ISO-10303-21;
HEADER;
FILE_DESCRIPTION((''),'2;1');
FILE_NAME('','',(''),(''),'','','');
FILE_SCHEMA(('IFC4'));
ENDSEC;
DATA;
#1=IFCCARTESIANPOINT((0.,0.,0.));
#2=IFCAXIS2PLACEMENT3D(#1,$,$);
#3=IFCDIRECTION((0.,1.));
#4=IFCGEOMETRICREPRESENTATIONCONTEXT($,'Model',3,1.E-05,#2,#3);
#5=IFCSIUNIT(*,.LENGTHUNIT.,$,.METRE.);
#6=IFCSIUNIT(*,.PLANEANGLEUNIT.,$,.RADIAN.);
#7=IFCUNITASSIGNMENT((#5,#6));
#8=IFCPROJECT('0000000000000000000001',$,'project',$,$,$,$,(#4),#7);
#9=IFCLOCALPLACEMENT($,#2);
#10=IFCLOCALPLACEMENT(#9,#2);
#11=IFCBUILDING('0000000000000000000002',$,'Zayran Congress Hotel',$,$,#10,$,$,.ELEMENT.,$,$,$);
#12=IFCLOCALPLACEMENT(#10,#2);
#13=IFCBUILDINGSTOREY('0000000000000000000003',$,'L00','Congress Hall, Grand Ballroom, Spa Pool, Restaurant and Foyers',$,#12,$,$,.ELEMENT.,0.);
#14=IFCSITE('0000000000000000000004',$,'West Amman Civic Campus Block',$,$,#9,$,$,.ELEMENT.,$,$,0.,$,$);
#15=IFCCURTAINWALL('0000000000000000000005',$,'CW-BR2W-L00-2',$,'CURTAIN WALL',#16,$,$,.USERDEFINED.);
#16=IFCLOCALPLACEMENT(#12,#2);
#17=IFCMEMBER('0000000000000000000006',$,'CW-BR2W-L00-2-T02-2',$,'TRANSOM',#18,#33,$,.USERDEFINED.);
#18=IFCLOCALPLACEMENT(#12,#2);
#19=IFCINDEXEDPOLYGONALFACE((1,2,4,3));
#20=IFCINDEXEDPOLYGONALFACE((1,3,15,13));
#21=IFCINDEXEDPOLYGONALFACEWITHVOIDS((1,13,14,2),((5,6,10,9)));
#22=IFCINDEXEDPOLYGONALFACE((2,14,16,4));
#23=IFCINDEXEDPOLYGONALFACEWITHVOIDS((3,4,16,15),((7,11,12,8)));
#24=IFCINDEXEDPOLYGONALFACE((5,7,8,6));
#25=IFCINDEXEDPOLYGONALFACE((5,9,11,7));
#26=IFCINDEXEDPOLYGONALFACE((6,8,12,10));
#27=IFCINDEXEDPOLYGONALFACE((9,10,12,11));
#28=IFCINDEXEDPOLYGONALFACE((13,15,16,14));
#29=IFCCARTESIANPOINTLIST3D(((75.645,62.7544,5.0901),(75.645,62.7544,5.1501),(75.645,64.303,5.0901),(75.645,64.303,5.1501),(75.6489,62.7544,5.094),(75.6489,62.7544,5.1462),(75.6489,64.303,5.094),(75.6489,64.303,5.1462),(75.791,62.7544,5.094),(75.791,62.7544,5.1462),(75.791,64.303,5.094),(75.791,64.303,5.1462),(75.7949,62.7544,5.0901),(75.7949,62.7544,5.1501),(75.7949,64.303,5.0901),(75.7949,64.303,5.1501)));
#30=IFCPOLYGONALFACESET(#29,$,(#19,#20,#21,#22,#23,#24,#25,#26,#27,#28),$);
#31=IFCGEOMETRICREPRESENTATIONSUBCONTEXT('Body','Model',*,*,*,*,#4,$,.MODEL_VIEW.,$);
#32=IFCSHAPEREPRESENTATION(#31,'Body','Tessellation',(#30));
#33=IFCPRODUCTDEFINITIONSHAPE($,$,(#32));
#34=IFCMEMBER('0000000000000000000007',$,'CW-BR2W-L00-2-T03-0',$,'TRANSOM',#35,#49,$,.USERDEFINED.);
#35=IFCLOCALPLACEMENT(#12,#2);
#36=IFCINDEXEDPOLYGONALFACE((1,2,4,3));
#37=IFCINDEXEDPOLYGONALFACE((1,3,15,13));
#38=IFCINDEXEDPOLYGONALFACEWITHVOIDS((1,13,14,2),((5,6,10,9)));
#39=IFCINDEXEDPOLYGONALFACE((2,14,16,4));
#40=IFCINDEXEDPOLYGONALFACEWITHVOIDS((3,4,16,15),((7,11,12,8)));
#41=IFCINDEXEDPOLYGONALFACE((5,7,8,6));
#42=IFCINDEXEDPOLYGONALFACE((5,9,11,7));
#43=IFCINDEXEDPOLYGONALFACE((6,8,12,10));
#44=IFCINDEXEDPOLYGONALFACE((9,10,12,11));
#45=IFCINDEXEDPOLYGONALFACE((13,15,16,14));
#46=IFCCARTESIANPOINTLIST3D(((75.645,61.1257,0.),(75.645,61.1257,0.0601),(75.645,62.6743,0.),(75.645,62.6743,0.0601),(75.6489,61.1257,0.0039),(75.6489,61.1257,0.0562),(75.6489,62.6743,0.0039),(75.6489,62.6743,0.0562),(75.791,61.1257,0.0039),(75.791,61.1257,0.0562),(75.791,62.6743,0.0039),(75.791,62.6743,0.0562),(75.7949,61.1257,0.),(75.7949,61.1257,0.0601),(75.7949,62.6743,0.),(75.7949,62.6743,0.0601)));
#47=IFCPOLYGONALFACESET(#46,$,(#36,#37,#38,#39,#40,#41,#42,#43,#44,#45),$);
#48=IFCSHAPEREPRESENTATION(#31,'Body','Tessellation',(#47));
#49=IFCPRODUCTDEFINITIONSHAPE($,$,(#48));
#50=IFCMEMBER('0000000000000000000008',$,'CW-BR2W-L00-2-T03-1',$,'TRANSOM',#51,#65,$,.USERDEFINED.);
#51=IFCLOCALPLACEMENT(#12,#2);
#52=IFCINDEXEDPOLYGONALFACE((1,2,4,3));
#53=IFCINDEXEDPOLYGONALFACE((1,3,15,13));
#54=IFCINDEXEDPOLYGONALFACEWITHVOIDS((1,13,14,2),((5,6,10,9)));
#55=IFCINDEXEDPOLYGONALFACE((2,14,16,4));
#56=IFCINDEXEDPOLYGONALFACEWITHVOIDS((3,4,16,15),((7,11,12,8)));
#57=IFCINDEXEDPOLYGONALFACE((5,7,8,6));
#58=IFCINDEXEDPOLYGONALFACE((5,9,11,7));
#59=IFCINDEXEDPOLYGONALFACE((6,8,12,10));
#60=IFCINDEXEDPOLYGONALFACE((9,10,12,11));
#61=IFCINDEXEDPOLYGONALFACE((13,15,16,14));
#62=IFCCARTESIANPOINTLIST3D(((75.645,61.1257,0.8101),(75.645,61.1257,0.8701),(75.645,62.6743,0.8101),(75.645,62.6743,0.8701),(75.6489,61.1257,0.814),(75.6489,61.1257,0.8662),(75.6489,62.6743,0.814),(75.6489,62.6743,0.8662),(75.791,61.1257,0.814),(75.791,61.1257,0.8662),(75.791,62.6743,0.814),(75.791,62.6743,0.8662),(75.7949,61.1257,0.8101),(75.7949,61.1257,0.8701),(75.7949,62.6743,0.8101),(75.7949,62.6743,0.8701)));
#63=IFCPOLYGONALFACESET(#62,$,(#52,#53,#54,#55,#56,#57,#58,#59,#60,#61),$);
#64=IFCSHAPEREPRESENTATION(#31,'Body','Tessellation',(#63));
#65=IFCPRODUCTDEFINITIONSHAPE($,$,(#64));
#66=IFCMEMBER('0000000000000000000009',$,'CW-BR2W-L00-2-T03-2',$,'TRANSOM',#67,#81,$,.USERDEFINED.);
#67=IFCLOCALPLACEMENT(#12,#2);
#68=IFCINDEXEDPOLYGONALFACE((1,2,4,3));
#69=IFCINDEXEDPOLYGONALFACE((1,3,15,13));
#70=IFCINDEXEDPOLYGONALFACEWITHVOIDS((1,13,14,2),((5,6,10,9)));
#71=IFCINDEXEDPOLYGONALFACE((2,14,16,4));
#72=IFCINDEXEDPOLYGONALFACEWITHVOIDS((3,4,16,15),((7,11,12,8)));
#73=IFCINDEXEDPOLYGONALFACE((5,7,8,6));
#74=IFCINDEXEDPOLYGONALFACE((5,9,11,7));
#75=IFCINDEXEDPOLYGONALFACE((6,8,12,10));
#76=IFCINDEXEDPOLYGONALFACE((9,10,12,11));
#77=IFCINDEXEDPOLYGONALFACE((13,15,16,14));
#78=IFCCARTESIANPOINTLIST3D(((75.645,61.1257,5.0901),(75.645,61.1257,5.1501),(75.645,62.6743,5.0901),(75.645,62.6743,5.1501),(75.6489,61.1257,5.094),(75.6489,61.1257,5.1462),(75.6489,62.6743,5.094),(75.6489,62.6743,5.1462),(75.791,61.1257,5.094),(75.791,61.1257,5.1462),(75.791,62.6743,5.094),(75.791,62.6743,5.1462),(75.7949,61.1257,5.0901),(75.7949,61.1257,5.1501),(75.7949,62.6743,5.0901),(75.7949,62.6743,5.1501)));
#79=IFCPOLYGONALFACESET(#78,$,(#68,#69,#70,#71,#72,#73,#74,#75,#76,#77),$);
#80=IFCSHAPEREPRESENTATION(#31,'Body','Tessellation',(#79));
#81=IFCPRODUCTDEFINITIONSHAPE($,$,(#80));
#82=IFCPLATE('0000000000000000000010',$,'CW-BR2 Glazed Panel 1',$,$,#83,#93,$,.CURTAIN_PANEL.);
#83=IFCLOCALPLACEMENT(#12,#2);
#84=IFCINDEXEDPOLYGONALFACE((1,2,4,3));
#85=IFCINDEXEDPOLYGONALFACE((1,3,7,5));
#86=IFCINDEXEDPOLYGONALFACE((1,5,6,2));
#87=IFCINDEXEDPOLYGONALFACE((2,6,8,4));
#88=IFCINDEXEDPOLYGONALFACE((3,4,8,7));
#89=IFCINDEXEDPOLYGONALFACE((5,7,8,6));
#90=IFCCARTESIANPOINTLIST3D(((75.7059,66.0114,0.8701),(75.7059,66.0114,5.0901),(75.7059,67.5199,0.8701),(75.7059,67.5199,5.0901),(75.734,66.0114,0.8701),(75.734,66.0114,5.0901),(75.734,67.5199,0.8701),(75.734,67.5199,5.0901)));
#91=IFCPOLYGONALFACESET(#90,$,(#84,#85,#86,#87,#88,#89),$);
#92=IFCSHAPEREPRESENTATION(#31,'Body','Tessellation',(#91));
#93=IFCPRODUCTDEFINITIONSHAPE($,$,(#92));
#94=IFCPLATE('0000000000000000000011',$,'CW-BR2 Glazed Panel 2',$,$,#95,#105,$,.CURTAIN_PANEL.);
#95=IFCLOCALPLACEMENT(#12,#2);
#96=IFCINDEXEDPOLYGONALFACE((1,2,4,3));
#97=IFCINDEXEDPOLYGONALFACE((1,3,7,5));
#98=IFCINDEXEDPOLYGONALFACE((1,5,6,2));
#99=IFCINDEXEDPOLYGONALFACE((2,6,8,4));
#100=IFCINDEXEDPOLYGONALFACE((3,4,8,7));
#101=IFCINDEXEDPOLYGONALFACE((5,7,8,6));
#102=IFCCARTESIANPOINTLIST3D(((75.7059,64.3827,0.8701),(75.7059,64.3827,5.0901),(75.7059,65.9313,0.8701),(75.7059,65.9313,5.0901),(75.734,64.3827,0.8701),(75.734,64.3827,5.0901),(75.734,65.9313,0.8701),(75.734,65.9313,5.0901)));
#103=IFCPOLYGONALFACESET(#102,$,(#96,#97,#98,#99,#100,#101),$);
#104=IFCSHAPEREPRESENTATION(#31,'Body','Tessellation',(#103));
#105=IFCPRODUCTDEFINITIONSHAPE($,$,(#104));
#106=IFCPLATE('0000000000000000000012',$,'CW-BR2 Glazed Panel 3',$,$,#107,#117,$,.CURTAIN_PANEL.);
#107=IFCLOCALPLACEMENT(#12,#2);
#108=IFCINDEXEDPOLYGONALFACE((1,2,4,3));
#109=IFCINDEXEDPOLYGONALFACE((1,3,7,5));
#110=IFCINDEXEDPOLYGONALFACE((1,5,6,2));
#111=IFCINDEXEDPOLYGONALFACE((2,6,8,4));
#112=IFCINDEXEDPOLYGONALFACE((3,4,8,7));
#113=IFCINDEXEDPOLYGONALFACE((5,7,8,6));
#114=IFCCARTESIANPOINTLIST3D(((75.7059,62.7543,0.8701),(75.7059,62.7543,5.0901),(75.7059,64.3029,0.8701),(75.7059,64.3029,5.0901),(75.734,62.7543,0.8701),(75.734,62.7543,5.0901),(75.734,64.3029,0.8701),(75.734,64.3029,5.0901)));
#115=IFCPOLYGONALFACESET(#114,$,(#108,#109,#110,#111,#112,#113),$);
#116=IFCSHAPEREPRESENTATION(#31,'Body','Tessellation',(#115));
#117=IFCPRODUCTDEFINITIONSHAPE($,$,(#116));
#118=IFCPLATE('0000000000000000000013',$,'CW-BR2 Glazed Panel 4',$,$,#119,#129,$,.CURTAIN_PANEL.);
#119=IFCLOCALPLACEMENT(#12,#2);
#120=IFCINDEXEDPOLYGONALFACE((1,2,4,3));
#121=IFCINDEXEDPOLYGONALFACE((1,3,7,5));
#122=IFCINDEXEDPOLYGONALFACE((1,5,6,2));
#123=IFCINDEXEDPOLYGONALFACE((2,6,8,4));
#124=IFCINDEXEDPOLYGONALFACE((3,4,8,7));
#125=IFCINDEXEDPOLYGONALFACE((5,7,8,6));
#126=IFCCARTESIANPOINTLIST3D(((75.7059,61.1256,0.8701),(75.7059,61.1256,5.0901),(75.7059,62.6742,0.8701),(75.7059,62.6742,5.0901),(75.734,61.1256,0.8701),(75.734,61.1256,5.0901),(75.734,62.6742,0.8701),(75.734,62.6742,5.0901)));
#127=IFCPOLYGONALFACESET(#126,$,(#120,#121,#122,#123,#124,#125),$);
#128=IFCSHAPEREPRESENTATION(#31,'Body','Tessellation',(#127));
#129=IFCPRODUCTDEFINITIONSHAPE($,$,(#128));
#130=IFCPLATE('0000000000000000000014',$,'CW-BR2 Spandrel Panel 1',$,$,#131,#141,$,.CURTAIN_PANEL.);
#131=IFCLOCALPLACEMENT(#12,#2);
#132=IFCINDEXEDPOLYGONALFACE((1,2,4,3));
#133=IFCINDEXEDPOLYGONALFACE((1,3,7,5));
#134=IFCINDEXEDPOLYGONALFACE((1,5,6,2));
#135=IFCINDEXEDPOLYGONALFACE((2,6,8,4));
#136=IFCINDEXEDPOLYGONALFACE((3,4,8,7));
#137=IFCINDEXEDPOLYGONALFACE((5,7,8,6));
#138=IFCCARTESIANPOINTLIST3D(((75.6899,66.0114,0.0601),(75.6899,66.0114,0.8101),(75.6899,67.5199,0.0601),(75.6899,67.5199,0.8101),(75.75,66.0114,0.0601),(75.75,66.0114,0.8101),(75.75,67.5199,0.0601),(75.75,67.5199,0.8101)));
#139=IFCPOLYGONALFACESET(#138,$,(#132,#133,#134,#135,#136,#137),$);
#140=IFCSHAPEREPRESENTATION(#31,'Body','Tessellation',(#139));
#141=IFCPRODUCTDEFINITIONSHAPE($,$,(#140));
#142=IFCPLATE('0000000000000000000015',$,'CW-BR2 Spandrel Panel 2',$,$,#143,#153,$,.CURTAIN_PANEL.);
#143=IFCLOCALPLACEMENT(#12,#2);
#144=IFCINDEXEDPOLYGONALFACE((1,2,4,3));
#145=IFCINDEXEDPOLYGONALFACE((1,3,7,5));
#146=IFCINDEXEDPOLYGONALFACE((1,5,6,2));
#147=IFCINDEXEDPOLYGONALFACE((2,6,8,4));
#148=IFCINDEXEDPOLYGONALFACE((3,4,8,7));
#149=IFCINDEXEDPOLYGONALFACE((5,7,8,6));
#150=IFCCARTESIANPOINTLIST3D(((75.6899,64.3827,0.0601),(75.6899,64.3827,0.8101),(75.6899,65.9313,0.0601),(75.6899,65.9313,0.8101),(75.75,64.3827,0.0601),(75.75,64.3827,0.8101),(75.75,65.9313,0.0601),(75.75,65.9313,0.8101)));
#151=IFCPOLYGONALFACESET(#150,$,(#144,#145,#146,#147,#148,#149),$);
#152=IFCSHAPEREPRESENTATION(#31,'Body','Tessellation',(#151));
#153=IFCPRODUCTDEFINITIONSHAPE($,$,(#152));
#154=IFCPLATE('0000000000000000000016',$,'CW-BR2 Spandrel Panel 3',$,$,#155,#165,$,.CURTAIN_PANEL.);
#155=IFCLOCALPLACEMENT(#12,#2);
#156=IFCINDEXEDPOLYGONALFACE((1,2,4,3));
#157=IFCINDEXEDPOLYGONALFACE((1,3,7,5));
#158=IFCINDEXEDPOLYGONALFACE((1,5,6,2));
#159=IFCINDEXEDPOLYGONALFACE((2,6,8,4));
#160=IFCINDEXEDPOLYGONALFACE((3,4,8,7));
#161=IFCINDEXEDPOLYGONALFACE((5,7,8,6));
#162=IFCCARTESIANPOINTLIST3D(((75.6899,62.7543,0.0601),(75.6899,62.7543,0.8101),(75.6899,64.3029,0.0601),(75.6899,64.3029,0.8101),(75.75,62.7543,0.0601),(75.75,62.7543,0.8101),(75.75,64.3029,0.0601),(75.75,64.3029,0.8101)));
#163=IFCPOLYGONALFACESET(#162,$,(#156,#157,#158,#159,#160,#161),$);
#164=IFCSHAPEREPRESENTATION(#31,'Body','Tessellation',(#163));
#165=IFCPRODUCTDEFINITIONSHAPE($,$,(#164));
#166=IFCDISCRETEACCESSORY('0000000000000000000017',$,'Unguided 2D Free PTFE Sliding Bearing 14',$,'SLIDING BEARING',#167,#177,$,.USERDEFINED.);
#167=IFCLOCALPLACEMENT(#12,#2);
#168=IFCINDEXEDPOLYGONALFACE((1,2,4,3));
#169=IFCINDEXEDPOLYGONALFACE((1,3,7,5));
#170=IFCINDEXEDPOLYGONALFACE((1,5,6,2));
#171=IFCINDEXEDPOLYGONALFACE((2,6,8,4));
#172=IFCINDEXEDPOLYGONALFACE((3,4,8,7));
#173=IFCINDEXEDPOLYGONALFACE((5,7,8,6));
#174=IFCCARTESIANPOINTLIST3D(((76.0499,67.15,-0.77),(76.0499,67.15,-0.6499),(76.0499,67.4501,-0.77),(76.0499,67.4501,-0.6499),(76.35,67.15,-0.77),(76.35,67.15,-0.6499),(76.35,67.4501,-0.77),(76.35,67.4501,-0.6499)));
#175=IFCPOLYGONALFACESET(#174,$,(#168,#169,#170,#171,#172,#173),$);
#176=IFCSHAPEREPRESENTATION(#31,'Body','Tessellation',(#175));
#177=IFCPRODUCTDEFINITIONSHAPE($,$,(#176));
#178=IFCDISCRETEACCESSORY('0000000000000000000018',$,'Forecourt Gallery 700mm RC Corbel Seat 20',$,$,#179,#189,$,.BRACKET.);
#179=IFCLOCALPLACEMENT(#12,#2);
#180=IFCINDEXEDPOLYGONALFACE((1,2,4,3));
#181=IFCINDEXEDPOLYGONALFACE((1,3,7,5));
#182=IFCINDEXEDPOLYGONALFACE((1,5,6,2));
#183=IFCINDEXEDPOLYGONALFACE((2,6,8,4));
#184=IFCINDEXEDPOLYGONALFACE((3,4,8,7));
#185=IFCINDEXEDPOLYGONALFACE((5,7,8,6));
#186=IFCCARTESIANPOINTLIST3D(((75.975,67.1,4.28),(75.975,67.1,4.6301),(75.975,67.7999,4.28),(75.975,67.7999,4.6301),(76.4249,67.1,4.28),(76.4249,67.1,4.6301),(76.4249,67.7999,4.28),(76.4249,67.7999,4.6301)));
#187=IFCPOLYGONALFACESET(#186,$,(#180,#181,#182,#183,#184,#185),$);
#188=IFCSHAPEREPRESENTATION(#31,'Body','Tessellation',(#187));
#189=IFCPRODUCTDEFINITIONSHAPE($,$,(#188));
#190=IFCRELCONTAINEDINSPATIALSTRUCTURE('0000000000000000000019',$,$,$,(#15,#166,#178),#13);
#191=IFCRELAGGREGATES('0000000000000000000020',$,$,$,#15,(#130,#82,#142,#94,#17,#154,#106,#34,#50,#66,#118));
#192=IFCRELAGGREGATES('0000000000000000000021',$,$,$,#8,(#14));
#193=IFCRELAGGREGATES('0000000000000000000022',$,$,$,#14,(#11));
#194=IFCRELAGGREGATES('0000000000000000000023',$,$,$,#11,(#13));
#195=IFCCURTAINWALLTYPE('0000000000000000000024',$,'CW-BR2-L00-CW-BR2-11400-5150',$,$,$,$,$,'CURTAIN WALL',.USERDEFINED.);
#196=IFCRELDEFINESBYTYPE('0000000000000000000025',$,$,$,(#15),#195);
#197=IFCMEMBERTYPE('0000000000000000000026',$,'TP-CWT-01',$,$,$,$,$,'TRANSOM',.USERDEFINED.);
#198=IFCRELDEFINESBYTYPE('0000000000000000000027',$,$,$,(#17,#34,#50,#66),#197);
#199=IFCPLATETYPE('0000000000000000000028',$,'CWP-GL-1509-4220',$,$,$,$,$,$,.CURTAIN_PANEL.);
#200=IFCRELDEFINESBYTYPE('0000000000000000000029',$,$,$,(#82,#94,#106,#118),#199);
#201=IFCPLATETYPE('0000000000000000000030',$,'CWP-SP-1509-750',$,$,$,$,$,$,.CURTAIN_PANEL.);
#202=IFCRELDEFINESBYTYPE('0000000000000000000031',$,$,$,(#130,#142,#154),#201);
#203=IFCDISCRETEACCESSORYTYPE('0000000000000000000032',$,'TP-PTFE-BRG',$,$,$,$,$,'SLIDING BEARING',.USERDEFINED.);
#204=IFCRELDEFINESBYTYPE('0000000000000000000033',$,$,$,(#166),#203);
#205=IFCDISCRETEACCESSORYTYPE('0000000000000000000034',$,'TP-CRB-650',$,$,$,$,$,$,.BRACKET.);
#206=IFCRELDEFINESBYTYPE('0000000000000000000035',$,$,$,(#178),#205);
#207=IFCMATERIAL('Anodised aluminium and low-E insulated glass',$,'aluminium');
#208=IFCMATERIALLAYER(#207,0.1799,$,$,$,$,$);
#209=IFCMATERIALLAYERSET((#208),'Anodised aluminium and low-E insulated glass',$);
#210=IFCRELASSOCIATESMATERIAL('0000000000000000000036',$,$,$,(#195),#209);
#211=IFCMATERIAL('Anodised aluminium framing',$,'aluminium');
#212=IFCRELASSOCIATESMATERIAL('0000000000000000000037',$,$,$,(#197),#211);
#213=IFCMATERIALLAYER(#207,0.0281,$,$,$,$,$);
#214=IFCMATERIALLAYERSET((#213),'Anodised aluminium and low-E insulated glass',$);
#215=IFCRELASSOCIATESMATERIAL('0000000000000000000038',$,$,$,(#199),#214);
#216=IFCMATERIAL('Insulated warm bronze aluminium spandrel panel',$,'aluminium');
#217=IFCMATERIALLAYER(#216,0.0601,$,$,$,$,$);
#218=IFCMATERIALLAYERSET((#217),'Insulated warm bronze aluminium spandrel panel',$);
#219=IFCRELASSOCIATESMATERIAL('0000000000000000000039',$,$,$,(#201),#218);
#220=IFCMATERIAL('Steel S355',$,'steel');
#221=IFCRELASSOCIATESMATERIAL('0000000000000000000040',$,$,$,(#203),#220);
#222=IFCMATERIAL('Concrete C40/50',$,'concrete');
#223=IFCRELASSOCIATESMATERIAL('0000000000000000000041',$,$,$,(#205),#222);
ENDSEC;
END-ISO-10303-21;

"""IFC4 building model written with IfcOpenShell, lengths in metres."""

from ifc_helpers import new_model, si_unit, direction, frame, origin, origin_2d, place, context, subcontext, project, spatial, rectangle, hollow_rectangle, extrude, material, layer, layer_set, material_profile, profile_set, type_object, element, aggregate, save


model = new_model("IFC4")

# Units and contexts
model_context = context("Model", 3, precision=1e-05, world=origin(), true_north=direction((0.0, 1.0)))
body_context = subcontext(model_context, "Body", "Model", "MODEL_VIEW")
ifc_project = project(units=[si_unit("LENGTHUNIT", "METRE"), si_unit("PLANEANGLEUNIT", "RADIAN")], contexts=[model_context])

# Site, building, storey
site_placement = place(None, origin())
site = spatial("IfcSite", under=ifc_project, at=site_placement, Name="West Amman Civic Campus Block", CompositionType="ELEMENT", RefElevation=0.0)
building_placement = place(site_placement, origin())
building = spatial("IfcBuilding", under=site, at=building_placement, Name="Zayran Congress Hotel", CompositionType="ELEMENT")
storey_placement = place(building_placement, origin())
storey = spatial("IfcBuildingStorey", under=building, at=storey_placement, Name="L00", Description="Congress Hall, Grand Ballroom, Spa Pool, Restaurant and Foyers", CompositionType="ELEMENT", Elevation=0.0)

# Curtain wall, members, plates
ifc_material_1 = material(Name="Anodised aluminium and low-E insulated glass", Category="aluminium")
ifc_layer_1 = layer(ifc_material_1, 0.1799)
ifc_layer_set_1 = layer_set([ifc_layer_1], Name="Anodised aluminium and low-E insulated glass")
curtain_wall_type = type_object("IfcCurtainWallType", Name="CW-BR2-L00-CW-BR2-11400-5150", ElementType="CURTAIN WALL", PredefinedType="USERDEFINED", material=ifc_layer_set_1)
curtain_wall_placement = place(storey_placement, origin())
curtain_wall = element("IfcCurtainWall", 1, at=curtain_wall_placement, inside=storey, type_object=curtain_wall_type, Name="CW-BR2W-L00-2", ObjectType="CURTAIN WALL", PredefinedType="USERDEFINED")
ifc_material_2 = material(Name="Anodised aluminium framing", Category="aluminium")
ifc_material_profile_1 = material_profile(ifc_material_2, hollow_rectangle(XDim=0.0601, YDim=0.1499, WallThickness=0.0039, at=origin_2d()), Name="RHS 150x60x4")
ifc_profile_set_1 = profile_set([ifc_material_profile_1], Name="Anodised aluminium framing")
member_type_1 = type_object("IfcMemberType", Name="TP-CWT-01", ElementType="TRANSOM", PredefinedType="USERDEFINED", material=ifc_profile_set_1)
member_1_placement = place(storey_placement, frame((75.72, 64.303, 5.1201), z_axis=(0.0, -1.0, 0.0), x_axis=(0.0, 0.0, 1.0)))
member_1 = element("IfcMember", 2, at=member_1_placement, type_object=member_type_1, Name="CW-BR2W-L00-2-T02-2", ObjectType="TRANSOM", PredefinedType="USERDEFINED", context=body_context, shape_type="SweptSolid", body=[
    extrude(hollow_rectangle(XDim=0.0601, YDim=0.1499, WallThickness=0.0039, at=origin_2d()), origin(), (0.0, 0.0, 1.0), 1.5486),
])
member_2_placement = place(storey_placement, frame((75.72, 62.6743, 0.03), z_axis=(0.0, -1.0, 0.0), x_axis=(0.0, 0.0, 1.0)))
member_2 = element("IfcMember", 3, at=member_2_placement, type_object=member_type_1, Name="CW-BR2W-L00-2-T03-0", ObjectType="TRANSOM", PredefinedType="USERDEFINED", context=body_context, shape_type="SweptSolid", body=[
    extrude(hollow_rectangle(XDim=0.0601, YDim=0.1499, WallThickness=0.0039, at=origin_2d()), origin(), (0.0, 0.0, 1.0), 1.5486),
])
member_3_placement = place(storey_placement, frame((75.72, 62.6743, 0.8401), z_axis=(0.0, -1.0, 0.0), x_axis=(0.0, 0.0, 1.0)))
member_3 = element("IfcMember", 4, at=member_3_placement, type_object=member_type_1, Name="CW-BR2W-L00-2-T03-1", ObjectType="TRANSOM", PredefinedType="USERDEFINED", context=body_context, shape_type="SweptSolid", body=[
    extrude(hollow_rectangle(XDim=0.0601, YDim=0.1499, WallThickness=0.0039, at=origin_2d()), origin(), (0.0, 0.0, 1.0), 1.5486),
])
member_4_placement = place(storey_placement, frame((75.72, 62.6743, 5.1201), z_axis=(0.0, -1.0, 0.0), x_axis=(0.0, 0.0, 1.0)))
member_4 = element("IfcMember", 5, at=member_4_placement, type_object=member_type_1, Name="CW-BR2W-L00-2-T03-2", ObjectType="TRANSOM", PredefinedType="USERDEFINED", context=body_context, shape_type="SweptSolid", body=[
    extrude(hollow_rectangle(XDim=0.0601, YDim=0.1499, WallThickness=0.0039, at=origin_2d()), origin(), (0.0, 0.0, 1.0), 1.5486),
])
ifc_layer_2 = layer(ifc_material_1, 0.0281)
ifc_layer_set_2 = layer_set([ifc_layer_2], Name="Anodised aluminium and low-E insulated glass")
plate_type_1 = type_object("IfcPlateType", Name="CWP-GL-1509-4220", PredefinedType="CURTAIN_PANEL", material=ifc_layer_set_2)
plate_1_placement = place(storey_placement, frame((75.72, 66.7656, 0.8701), z_axis=(0.0, 0.0, 1.0), x_axis=(0.0, 1.0, 0.0)))
plate_1 = element("IfcPlate", 6, at=plate_1_placement, type_object=plate_type_1, Name="CW-BR2 Glazed Panel 1", PredefinedType="CURTAIN_PANEL", context=body_context, shape_type="SweptSolid", body=[
    extrude(rectangle(XDim=1.5085, YDim=0.0281, at=origin_2d()), origin(), (0.0, 0.0, 1.0), 4.22),
])
plate_2_placement = place(storey_placement, frame((75.72, 65.157, 0.8701), z_axis=(0.0, 0.0, 1.0), x_axis=(0.0, 1.0, 0.0)))
plate_2 = element("IfcPlate", 7, at=plate_2_placement, type_object=plate_type_1, Name="CW-BR2 Glazed Panel 2", PredefinedType="CURTAIN_PANEL", context=body_context, shape_type="SweptSolid", body=[
    extrude(rectangle(XDim=1.5486, YDim=0.0281, at=origin_2d()), origin(), (0.0, 0.0, 1.0), 4.22),
])
plate_3_placement = place(storey_placement, frame((75.72, 63.5286, 0.8701), z_axis=(0.0, 0.0, 1.0), x_axis=(0.0, 1.0, 0.0)))
plate_3 = element("IfcPlate", 8, at=plate_3_placement, type_object=plate_type_1, Name="CW-BR2 Glazed Panel 3", PredefinedType="CURTAIN_PANEL", context=body_context, shape_type="SweptSolid", body=[
    extrude(rectangle(XDim=1.5486, YDim=0.0281, at=origin_2d()), origin(), (0.0, 0.0, 1.0), 4.22),
])
plate_4_placement = place(storey_placement, frame((75.72, 61.8999, 0.8701), z_axis=(0.0, 0.0, 1.0), x_axis=(0.0, 1.0, 0.0)))
plate_4 = element("IfcPlate", 9, at=plate_4_placement, type_object=plate_type_1, Name="CW-BR2 Glazed Panel 4", PredefinedType="CURTAIN_PANEL", context=body_context, shape_type="SweptSolid", body=[
    extrude(rectangle(XDim=1.5486, YDim=0.0281, at=origin_2d()), origin(), (0.0, 0.0, 1.0), 4.22),
])
ifc_material_3 = material(Name="Insulated warm bronze aluminium spandrel panel", Category="aluminium")
ifc_layer_3 = layer(ifc_material_3, 0.0601)
ifc_layer_set_3 = layer_set([ifc_layer_3], Name="Insulated warm bronze aluminium spandrel panel")
plate_type_2 = type_object("IfcPlateType", Name="CWP-SP-1509-750", PredefinedType="CURTAIN_PANEL", material=ifc_layer_set_3)
plate_5_placement = place(storey_placement, frame((75.72, 66.7656, 0.0601), z_axis=(0.0, 0.0, 1.0), x_axis=(0.0, 1.0, 0.0)))
plate_5 = element("IfcPlate", 10, at=plate_5_placement, type_object=plate_type_2, Name="CW-BR2 Spandrel Panel 1", PredefinedType="CURTAIN_PANEL", context=body_context, shape_type="SweptSolid", body=[
    extrude(rectangle(XDim=1.5085, YDim=0.0601, at=origin_2d()), origin(), (0.0, 0.0, 1.0), 0.75),
])
plate_6_placement = place(storey_placement, frame((75.72, 65.157, 0.0601), z_axis=(0.0, 0.0, 1.0), x_axis=(0.0, 1.0, 0.0)))
plate_6 = element("IfcPlate", 11, at=plate_6_placement, type_object=plate_type_2, Name="CW-BR2 Spandrel Panel 2", PredefinedType="CURTAIN_PANEL", context=body_context, shape_type="SweptSolid", body=[
    extrude(rectangle(XDim=1.5486, YDim=0.0601, at=origin_2d()), origin(), (0.0, 0.0, 1.0), 0.75),
])
plate_7_placement = place(storey_placement, frame((75.72, 63.5286, 0.0601), z_axis=(0.0, 0.0, 1.0), x_axis=(0.0, 1.0, 0.0)))
plate_7 = element("IfcPlate", 12, at=plate_7_placement, type_object=plate_type_2, Name="CW-BR2 Spandrel Panel 3", PredefinedType="CURTAIN_PANEL", context=body_context, shape_type="SweptSolid", body=[
    extrude(rectangle(XDim=1.5486, YDim=0.0601, at=origin_2d()), origin(), (0.0, 0.0, 1.0), 0.75),
])
aggregate(curtain_wall, [plate_5, plate_1, plate_6, plate_2, member_1, plate_7, plate_3, member_2, member_3, member_4, plate_4])

# Discrete accessories
ifc_material_4 = material(Name="Steel S355", Category="steel")
discrete_accessory_type_1 = type_object("IfcDiscreteAccessoryType", Name="TP-PTFE-BRG", ElementType="SLIDING BEARING", PredefinedType="USERDEFINED", material=ifc_material_4)
discrete_accessory_1_placement = place(storey_placement, frame((76.2, 67.3, -0.77), z_axis=(0.0, 0.0, 1.0), x_axis=(1.0, 0.0, 0.0)))
element("IfcDiscreteAccessory", 13, at=discrete_accessory_1_placement, inside=storey, type_object=discrete_accessory_type_1, Name="Unguided 2D Free PTFE Sliding Bearing 14", ObjectType="SLIDING BEARING", PredefinedType="USERDEFINED", context=body_context, shape_type="SweptSolid", body=[
    extrude(rectangle(XDim=0.3, YDim=0.3, at=origin_2d()), origin(), (0.0, 0.0, 1.0), 0.1201),
])
ifc_material_5 = material(Name="Concrete C40/50", Category="concrete")
discrete_accessory_type_2 = type_object("IfcDiscreteAccessoryType", Name="TP-CRB-650", PredefinedType="BRACKET", material=ifc_material_5)
discrete_accessory_2_placement = place(storey_placement, frame((76.2, 67.45, 4.28), z_axis=(0.0, 0.0, 1.0), x_axis=(0.0, 1.0, 0.0)))
element("IfcDiscreteAccessory", 14, at=discrete_accessory_2_placement, inside=storey, type_object=discrete_accessory_type_2, Name="Forecourt Gallery 700mm RC Corbel Seat 20", PredefinedType="BRACKET", context=body_context, shape_type="SweptSolid", body=[
    extrude(rectangle(XDim=0.7, YDim=0.45, at=origin_2d()), origin(), (0.0, 0.0, 1.0), 0.3501),
])

save(model, "model.ifc")
